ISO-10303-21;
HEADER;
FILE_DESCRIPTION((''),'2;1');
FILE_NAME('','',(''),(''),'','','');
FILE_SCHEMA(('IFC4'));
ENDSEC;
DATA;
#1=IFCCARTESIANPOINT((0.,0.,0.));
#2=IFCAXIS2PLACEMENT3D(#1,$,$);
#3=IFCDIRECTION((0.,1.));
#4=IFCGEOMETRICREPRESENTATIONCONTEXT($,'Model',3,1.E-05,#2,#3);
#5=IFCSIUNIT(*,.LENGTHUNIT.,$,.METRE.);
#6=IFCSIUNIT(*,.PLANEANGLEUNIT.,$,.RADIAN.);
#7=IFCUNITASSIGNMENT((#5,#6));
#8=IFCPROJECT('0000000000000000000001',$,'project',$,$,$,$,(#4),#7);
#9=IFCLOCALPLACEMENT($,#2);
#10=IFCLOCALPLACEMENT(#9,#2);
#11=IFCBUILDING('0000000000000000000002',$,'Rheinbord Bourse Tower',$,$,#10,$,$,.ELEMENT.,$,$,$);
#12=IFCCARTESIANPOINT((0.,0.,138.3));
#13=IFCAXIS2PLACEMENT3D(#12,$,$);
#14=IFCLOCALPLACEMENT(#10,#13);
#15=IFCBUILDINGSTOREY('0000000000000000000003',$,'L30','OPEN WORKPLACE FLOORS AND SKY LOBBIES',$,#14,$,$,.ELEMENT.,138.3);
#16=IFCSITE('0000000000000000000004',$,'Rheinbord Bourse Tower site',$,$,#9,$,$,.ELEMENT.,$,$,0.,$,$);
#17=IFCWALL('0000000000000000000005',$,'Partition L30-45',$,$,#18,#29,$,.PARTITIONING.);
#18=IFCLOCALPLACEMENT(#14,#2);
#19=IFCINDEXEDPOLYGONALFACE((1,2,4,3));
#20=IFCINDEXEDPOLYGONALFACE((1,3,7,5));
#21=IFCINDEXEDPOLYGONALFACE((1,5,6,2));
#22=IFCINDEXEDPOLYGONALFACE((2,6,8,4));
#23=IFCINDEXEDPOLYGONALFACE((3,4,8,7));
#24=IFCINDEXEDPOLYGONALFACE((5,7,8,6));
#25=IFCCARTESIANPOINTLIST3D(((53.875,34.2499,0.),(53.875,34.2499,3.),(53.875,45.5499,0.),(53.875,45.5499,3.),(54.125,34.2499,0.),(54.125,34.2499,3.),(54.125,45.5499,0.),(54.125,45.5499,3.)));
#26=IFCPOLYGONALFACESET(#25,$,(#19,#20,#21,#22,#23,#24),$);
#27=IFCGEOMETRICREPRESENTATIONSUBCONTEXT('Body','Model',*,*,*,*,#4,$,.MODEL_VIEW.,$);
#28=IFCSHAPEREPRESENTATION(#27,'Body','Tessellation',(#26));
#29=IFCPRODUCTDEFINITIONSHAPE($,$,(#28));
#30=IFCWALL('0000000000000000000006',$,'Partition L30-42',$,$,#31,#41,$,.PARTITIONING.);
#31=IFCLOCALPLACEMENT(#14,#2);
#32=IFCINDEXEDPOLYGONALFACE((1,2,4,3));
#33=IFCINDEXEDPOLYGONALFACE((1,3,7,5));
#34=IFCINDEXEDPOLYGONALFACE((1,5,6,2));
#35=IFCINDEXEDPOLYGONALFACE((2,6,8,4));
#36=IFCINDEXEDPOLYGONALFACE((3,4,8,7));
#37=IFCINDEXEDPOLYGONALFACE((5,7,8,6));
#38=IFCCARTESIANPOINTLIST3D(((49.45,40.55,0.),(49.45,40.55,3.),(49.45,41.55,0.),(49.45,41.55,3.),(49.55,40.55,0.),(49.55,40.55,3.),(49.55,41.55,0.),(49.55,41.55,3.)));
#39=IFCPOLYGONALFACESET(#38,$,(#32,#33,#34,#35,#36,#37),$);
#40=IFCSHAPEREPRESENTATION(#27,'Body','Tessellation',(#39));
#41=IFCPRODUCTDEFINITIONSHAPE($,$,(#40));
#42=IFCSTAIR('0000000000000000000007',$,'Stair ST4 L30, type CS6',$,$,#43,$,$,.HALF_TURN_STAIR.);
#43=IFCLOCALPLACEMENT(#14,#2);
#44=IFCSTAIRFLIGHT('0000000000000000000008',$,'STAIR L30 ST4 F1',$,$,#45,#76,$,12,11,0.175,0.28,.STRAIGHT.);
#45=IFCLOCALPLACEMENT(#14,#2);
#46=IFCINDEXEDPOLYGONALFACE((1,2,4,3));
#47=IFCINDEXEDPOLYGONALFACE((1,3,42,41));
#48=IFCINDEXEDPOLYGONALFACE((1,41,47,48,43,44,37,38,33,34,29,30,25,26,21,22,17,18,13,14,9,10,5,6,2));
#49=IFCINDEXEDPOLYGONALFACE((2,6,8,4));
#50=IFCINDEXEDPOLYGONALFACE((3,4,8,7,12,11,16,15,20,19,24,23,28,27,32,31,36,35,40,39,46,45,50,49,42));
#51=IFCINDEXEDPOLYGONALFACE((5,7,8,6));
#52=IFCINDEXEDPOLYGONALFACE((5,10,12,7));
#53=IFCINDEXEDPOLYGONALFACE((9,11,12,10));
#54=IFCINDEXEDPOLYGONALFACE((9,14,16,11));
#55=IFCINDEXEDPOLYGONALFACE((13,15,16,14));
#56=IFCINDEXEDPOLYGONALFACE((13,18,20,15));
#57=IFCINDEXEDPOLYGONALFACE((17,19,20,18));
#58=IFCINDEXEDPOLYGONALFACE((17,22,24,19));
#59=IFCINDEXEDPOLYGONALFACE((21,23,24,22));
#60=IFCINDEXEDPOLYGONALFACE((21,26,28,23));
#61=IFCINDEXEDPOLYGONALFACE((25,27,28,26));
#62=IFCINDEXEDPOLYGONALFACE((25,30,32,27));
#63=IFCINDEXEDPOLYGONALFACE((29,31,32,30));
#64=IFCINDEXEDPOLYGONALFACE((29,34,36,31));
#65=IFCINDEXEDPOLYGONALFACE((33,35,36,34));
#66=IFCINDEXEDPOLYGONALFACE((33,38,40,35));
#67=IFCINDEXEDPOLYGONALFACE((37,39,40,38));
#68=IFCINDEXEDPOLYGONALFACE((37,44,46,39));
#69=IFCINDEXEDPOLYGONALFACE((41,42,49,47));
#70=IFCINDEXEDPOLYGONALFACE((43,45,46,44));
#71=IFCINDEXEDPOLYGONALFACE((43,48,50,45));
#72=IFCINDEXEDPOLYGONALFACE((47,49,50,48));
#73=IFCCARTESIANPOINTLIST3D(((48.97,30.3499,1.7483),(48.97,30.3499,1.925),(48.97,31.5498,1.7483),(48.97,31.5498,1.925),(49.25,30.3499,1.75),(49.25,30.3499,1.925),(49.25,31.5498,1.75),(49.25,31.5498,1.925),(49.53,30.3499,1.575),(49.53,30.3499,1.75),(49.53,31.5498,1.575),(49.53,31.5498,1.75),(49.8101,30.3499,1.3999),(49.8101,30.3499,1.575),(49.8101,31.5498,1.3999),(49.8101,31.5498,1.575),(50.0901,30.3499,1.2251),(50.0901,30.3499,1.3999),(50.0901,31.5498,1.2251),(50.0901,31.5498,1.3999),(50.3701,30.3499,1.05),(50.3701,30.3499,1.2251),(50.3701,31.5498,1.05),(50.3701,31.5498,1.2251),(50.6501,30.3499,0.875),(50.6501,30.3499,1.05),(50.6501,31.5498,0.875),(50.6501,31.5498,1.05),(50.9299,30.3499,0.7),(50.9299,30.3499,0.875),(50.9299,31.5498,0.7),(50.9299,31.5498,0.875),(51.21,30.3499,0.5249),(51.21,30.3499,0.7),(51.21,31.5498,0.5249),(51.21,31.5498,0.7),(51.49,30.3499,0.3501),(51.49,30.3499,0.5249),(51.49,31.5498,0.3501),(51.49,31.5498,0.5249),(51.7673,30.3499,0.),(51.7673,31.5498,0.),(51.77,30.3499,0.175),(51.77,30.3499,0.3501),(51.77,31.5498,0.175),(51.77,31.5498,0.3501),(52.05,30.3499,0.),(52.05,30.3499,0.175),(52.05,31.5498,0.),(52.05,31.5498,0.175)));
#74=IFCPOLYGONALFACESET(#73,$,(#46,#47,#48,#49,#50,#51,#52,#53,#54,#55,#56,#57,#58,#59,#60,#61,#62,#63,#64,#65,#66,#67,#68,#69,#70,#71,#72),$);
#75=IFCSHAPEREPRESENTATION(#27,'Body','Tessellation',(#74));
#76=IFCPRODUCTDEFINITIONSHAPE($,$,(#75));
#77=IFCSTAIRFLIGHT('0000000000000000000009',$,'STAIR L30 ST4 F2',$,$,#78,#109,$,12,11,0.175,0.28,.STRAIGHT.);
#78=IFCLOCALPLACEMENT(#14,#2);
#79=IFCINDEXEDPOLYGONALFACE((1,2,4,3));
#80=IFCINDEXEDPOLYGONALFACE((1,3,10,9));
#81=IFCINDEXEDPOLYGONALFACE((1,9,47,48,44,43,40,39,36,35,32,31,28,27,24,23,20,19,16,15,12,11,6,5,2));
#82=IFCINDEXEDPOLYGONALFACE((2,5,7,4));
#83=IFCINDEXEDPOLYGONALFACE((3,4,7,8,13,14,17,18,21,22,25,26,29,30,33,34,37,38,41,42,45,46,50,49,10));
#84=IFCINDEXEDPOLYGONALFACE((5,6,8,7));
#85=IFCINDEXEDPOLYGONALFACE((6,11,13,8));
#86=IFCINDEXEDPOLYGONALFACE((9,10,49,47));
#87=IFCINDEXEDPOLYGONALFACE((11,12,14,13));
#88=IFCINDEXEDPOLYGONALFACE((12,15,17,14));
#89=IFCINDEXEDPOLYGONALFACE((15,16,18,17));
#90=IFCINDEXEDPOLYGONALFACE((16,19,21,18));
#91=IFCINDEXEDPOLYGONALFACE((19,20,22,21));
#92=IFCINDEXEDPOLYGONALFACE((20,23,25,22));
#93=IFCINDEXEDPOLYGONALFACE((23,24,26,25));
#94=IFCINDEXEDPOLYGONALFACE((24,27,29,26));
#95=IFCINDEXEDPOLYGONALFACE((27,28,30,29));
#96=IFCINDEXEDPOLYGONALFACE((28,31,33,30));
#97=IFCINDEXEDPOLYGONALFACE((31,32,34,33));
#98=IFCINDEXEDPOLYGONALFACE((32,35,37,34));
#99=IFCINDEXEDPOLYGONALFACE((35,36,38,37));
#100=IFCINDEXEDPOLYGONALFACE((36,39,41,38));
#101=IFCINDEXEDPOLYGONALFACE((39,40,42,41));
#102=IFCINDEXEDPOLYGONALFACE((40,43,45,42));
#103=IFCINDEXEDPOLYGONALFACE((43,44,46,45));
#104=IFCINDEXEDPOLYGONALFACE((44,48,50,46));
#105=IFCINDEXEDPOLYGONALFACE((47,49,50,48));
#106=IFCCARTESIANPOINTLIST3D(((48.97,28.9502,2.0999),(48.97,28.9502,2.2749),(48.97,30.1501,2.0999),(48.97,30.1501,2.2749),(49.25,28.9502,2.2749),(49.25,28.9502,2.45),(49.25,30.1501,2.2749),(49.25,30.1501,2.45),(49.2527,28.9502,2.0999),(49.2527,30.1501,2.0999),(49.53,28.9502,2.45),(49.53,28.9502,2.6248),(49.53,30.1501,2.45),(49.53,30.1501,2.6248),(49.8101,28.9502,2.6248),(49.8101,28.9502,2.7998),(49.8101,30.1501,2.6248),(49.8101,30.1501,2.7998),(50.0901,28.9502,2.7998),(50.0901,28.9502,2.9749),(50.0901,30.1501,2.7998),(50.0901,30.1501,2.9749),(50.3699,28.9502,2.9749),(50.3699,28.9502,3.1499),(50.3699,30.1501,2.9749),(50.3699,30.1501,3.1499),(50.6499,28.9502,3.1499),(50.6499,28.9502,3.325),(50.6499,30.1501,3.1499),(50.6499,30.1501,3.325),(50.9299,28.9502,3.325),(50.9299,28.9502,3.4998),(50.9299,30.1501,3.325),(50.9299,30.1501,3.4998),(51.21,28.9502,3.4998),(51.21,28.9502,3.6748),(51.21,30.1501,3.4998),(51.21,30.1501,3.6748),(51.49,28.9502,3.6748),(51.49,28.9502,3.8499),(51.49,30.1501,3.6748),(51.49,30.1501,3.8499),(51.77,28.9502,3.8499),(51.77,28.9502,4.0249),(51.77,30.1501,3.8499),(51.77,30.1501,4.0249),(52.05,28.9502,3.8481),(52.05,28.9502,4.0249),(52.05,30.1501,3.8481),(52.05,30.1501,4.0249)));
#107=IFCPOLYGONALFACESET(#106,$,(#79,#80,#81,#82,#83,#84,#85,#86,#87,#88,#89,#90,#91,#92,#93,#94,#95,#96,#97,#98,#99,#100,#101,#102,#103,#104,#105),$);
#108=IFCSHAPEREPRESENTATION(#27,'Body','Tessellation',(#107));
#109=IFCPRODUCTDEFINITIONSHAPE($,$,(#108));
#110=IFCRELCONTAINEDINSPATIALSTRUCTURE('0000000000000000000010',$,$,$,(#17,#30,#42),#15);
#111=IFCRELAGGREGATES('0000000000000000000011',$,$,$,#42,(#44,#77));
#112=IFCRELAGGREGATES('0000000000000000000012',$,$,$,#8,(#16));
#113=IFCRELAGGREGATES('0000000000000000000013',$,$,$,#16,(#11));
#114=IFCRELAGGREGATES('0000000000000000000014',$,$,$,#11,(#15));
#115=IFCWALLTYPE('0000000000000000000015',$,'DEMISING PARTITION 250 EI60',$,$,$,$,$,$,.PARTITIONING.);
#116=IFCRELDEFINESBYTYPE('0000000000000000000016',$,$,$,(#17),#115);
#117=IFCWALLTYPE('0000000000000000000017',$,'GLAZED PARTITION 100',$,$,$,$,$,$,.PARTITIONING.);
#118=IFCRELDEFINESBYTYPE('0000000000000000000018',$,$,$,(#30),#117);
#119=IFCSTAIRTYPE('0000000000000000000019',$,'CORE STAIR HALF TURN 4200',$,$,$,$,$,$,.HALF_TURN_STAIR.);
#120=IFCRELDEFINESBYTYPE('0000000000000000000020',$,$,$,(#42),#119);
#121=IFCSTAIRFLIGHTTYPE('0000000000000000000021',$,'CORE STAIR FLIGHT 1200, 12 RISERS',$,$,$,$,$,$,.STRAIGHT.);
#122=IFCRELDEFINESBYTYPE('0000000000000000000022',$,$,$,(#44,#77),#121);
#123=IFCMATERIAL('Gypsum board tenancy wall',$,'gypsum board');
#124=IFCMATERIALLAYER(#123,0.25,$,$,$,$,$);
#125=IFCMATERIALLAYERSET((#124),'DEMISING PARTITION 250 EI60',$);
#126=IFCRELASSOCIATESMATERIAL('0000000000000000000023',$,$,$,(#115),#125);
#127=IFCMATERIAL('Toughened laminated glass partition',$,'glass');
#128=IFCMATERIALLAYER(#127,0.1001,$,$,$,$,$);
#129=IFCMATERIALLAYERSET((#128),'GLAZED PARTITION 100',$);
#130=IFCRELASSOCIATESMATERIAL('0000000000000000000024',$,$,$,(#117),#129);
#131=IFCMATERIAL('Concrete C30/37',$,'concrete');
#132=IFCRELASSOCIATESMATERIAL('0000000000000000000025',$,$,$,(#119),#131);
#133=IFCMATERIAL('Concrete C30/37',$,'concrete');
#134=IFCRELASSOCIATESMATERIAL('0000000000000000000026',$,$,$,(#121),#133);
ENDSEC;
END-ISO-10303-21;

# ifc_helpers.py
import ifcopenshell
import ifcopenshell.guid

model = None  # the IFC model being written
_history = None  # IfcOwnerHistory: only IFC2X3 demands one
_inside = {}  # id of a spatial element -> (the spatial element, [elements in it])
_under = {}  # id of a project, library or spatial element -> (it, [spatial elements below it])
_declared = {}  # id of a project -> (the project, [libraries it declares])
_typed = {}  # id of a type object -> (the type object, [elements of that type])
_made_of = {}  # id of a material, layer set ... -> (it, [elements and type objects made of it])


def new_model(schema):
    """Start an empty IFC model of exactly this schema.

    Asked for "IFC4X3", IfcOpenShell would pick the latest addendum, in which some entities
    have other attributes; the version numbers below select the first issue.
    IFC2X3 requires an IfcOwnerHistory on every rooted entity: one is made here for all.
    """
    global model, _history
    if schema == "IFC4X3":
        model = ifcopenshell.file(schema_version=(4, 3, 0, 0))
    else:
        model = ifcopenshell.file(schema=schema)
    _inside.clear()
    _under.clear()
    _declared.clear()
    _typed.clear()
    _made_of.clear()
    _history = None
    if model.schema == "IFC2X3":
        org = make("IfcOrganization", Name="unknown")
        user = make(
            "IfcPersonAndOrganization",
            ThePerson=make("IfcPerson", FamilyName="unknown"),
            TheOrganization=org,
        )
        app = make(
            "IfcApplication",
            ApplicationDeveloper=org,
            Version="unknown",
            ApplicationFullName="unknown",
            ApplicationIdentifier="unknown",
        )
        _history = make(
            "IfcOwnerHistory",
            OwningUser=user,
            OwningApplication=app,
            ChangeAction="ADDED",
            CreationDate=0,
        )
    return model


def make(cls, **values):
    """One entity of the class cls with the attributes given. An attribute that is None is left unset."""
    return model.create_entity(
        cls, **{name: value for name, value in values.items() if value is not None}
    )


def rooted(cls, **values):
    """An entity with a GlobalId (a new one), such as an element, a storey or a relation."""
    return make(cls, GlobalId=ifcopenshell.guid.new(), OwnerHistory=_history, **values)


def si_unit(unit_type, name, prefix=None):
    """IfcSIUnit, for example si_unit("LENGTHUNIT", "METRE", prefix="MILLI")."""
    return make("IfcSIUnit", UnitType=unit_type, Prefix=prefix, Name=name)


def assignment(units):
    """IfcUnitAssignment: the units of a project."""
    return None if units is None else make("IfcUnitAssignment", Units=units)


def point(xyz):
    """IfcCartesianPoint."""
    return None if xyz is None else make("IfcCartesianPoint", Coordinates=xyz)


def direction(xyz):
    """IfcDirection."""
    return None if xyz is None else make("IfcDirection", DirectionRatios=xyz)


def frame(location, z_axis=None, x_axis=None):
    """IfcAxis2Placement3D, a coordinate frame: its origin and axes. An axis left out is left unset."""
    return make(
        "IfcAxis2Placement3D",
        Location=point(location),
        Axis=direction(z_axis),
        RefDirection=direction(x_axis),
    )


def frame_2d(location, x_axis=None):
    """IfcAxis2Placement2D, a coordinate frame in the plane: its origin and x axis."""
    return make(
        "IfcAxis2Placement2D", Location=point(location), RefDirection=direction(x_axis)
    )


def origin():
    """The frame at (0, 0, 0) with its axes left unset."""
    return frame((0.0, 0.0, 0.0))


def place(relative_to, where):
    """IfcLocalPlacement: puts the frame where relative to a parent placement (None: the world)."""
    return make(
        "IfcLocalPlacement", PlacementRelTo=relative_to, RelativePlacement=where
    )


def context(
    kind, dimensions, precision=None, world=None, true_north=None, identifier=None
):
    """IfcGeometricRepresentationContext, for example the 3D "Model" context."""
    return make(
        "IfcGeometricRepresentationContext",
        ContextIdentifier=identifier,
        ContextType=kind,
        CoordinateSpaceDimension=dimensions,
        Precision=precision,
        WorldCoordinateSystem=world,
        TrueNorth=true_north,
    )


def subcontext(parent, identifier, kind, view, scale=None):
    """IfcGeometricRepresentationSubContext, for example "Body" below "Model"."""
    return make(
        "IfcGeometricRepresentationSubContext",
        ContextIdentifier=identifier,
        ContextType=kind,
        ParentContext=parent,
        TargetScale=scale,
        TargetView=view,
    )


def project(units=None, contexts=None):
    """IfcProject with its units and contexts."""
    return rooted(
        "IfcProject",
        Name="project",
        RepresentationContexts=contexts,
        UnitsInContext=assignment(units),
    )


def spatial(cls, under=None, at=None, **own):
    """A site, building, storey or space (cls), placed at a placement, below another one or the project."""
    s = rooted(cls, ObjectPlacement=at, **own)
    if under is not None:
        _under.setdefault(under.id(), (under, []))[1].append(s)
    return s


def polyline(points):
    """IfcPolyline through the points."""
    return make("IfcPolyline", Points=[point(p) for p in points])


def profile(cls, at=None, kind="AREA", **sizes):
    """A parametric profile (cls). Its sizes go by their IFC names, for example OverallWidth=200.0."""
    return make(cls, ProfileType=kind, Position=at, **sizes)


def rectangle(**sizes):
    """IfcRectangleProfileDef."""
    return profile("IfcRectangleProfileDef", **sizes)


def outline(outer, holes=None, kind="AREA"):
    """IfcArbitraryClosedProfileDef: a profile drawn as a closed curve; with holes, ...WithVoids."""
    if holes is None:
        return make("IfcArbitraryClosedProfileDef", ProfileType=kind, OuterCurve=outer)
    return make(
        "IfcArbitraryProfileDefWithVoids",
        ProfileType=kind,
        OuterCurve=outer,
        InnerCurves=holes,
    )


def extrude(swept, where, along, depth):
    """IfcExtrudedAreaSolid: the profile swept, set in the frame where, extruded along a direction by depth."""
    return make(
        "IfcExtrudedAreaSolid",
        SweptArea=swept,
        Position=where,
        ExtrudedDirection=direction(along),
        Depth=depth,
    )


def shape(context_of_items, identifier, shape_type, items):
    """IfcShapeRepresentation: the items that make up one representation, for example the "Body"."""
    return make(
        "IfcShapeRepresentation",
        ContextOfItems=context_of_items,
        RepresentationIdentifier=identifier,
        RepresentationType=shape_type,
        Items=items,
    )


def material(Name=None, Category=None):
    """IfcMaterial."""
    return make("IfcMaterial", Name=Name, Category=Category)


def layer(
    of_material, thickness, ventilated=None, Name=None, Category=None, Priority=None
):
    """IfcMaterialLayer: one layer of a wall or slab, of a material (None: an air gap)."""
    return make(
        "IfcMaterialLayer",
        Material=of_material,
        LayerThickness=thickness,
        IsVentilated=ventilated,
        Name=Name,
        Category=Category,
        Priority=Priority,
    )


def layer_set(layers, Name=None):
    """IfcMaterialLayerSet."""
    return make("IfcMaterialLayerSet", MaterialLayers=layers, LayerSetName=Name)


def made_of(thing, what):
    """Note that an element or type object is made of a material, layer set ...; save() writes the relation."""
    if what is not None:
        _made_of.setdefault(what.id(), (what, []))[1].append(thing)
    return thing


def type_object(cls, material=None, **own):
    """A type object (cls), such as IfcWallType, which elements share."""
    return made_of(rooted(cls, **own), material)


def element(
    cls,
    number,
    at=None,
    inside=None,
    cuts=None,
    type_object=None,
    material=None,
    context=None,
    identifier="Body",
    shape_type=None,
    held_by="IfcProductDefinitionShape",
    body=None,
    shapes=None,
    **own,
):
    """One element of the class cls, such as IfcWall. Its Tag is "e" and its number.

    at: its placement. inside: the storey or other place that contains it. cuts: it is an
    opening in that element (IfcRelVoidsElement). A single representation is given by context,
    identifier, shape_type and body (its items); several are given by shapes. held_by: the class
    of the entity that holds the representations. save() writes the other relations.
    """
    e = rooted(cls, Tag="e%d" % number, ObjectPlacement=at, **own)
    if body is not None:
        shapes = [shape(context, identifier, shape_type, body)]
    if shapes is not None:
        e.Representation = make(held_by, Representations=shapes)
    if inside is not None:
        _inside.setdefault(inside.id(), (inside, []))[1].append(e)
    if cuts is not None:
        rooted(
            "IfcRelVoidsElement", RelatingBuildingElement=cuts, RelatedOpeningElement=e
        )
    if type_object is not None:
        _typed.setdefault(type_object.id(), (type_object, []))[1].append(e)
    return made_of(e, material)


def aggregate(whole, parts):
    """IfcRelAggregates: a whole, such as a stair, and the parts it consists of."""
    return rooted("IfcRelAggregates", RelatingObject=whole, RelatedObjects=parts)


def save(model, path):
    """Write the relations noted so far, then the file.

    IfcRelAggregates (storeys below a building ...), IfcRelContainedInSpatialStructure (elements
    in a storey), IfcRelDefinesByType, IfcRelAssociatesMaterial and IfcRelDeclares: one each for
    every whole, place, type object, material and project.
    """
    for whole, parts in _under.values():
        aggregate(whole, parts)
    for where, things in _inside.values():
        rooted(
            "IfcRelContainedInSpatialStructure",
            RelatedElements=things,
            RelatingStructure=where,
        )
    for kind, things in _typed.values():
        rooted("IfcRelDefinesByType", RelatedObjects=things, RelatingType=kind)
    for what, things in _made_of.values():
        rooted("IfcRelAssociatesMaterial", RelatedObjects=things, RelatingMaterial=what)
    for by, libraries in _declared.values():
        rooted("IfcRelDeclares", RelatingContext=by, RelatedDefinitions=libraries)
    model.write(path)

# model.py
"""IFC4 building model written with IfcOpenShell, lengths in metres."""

from ifc_helpers import new_model, si_unit, direction, frame, frame_2d, origin, place, context, subcontext, project, spatial, polyline, rectangle, outline, extrude, material, layer, layer_set, type_object, element, aggregate, save


model = new_model("IFC4")

# Units and contexts
model_context = context("Model", 3, precision=1e-05, world=origin(), true_north=direction((0.0, 1.0)))
body_context = subcontext(model_context, "Body", "Model", "MODEL_VIEW")
ifc_project = project(units=[si_unit("LENGTHUNIT", "METRE"), si_unit("PLANEANGLEUNIT", "RADIAN")], contexts=[model_context])

# Site, building, storey
site_placement = place(None, origin())
site = spatial("IfcSite", under=ifc_project, at=site_placement, Name="Rheinbord Bourse Tower site", CompositionType="ELEMENT", RefElevation=0.0)
building_placement = place(site_placement, origin())
building = spatial("IfcBuilding", under=site, at=building_placement, Name="Rheinbord Bourse Tower", CompositionType="ELEMENT")
storey_placement = place(building_placement, frame((0.0, 0.0, 138.3)))
storey = spatial("IfcBuildingStorey", under=building, at=storey_placement, Name="L30", Description="OPEN WORKPLACE FLOORS AND SKY LOBBIES", CompositionType="ELEMENT", Elevation=138.3)

# Walls
ifc_material_1 = material(Name="Gypsum board tenancy wall", Category="gypsum board")
ifc_layer_1 = layer(ifc_material_1, 0.25)
ifc_layer_set_1 = layer_set([ifc_layer_1], Name="DEMISING PARTITION 250 EI60")
wall_type_1 = type_object("IfcWallType", Name="DEMISING PARTITION 250 EI60", PredefinedType="PARTITIONING", material=ifc_layer_set_1)
wall_1_placement = place(storey_placement, frame((54.0, 34.25, 0.0), z_axis=(0.0, 0.0, 1.0), x_axis=(0.0, 1.0, 0.0)))
element("IfcWall", 1, at=wall_1_placement, inside=storey, type_object=wall_type_1, Name="Partition L30-45", PredefinedType="PARTITIONING", context=body_context, shape_type="SweptSolid", body=[
    extrude(rectangle(XDim=11.3, YDim=0.25, at=frame_2d((5.6499, 0.0))), origin(), (0.0, 0.0, 1.0), 3.0),
])
ifc_material_2 = material(Name="Toughened laminated glass partition", Category="glass")
ifc_layer_2 = layer(ifc_material_2, 0.1001)
ifc_layer_set_2 = layer_set([ifc_layer_2], Name="GLAZED PARTITION 100")
wall_type_2 = type_object("IfcWallType", Name="GLAZED PARTITION 100", PredefinedType="PARTITIONING", material=ifc_layer_set_2)
wall_2_placement = place(storey_placement, frame((49.5, 40.55, 0.0), z_axis=(0.0, 0.0, 1.0), x_axis=(0.0, 1.0, 0.0)))
element("IfcWall", 2, at=wall_2_placement, inside=storey, type_object=wall_type_2, Name="Partition L30-42", PredefinedType="PARTITIONING", context=body_context, shape_type="SweptSolid", body=[
    extrude(rectangle(XDim=1.0, YDim=0.1001, at=frame_2d((0.5, 0.0))), origin(), (0.0, 0.0, 1.0), 3.0),
])

# Stair, stair flights
ifc_material_3 = material(Name="Concrete C30/37", Category="concrete")
stair_type = type_object("IfcStairType", Name="CORE STAIR HALF TURN 4200", PredefinedType="HALF_TURN_STAIR", material=ifc_material_3)
stair_placement = place(storey_placement, origin())
stair = element("IfcStair", 3, at=stair_placement, inside=storey, type_object=stair_type, Name="Stair ST4 L30, type CS6", PredefinedType="HALF_TURN_STAIR")
ifc_material_4 = material(Name="Concrete C30/37", Category="concrete")
stair_flight_type = type_object("IfcStairFlightType", Name="CORE STAIR FLIGHT 1200, 12 RISERS", PredefinedType="STRAIGHT", material=ifc_material_4)
stair_flight_1_placement = place(storey_placement, frame((52.05, 30.95, 0.0), z_axis=(0.0, 0.0, 1.0), x_axis=(-1.0, 0.0, 0.0)))
stair_flight_1 = element("IfcStairFlight", 4, at=stair_flight_1_placement, type_object=stair_flight_type, Name="STAIR L30 ST4 F1", NumberOfRisers=12, NumberOfTreads=11, PredefinedType="STRAIGHT", RiserHeight=0.175, TreadLength=0.28, context=body_context, shape_type="SweptSolid", body=[
    extrude(outline(polyline([(0.0, 0.0), (0.0, 0.175), (0.28, 0.175), (0.28, 0.3501), (0.5601, 0.3501), (0.5601, 0.5249), (0.8401, 0.5249), (0.8401, 0.7), (1.1201, 0.7), (1.1201, 0.875), (1.3999, 0.875), (1.3999, 1.05), (1.6799, 1.05), (1.6799, 1.2251), (1.96, 1.2251), (1.96, 1.3999), (2.24, 1.3999), (2.24, 1.575), (2.52, 1.575), (2.52, 1.75), (2.8, 1.75), (2.8, 1.925), (3.0801, 1.925), (3.0801, 2.1001), (3.0801, 1.7483), (0.2827, 0.0), (0.0, 0.0)])), frame((0.0, 0.6001, 0.0), z_axis=(0.0, -1.0, 0.0), x_axis=(1.0, 0.0, 0.0)), (0.0, 0.0, 1.0), 1.2),
])
stair_flight_2_placement = place(storey_placement, frame((48.97, 29.55, 2.0999), z_axis=(0.0, 0.0, 1.0), x_axis=(1.0, 0.0, 0.0)))
stair_flight_2 = element("IfcStairFlight", 5, at=stair_flight_2_placement, type_object=stair_flight_type, Name="STAIR L30 ST4 F2", NumberOfRisers=12, NumberOfTreads=11, PredefinedType="STRAIGHT", RiserHeight=0.175, TreadLength=0.28, context=body_context, shape_type="SweptSolid", body=[
    extrude(outline(polyline([(0.0, 0.0), (0.0, 0.175), (0.28, 0.175), (0.28, 0.3501), (0.5601, 0.3501), (0.5601, 0.5249), (0.8401, 0.5249), (0.8401, 0.7), (1.1201, 0.7), (1.1201, 0.875), (1.3999, 0.875), (1.3999, 1.05), (1.6799, 1.05), (1.6799, 1.2251), (1.96, 1.2251), (1.96, 1.3999), (2.24, 1.3999), (2.24, 1.575), (2.52, 1.575), (2.52, 1.75), (2.8, 1.75), (2.8, 1.925), (3.0801, 1.925), (3.0801, 2.1001), (3.0801, 1.7483), (0.2827, 0.0), (0.0, 0.0)])), frame((0.0, 0.6001, 0.0), z_axis=(0.0, -1.0, 0.0), x_axis=(1.0, 0.0, 0.0)), (0.0, 0.0, 1.0), 1.2),
])
aggregate(stair, [stair_flight_1, stair_flight_2])

save(model, "model.ifc")
